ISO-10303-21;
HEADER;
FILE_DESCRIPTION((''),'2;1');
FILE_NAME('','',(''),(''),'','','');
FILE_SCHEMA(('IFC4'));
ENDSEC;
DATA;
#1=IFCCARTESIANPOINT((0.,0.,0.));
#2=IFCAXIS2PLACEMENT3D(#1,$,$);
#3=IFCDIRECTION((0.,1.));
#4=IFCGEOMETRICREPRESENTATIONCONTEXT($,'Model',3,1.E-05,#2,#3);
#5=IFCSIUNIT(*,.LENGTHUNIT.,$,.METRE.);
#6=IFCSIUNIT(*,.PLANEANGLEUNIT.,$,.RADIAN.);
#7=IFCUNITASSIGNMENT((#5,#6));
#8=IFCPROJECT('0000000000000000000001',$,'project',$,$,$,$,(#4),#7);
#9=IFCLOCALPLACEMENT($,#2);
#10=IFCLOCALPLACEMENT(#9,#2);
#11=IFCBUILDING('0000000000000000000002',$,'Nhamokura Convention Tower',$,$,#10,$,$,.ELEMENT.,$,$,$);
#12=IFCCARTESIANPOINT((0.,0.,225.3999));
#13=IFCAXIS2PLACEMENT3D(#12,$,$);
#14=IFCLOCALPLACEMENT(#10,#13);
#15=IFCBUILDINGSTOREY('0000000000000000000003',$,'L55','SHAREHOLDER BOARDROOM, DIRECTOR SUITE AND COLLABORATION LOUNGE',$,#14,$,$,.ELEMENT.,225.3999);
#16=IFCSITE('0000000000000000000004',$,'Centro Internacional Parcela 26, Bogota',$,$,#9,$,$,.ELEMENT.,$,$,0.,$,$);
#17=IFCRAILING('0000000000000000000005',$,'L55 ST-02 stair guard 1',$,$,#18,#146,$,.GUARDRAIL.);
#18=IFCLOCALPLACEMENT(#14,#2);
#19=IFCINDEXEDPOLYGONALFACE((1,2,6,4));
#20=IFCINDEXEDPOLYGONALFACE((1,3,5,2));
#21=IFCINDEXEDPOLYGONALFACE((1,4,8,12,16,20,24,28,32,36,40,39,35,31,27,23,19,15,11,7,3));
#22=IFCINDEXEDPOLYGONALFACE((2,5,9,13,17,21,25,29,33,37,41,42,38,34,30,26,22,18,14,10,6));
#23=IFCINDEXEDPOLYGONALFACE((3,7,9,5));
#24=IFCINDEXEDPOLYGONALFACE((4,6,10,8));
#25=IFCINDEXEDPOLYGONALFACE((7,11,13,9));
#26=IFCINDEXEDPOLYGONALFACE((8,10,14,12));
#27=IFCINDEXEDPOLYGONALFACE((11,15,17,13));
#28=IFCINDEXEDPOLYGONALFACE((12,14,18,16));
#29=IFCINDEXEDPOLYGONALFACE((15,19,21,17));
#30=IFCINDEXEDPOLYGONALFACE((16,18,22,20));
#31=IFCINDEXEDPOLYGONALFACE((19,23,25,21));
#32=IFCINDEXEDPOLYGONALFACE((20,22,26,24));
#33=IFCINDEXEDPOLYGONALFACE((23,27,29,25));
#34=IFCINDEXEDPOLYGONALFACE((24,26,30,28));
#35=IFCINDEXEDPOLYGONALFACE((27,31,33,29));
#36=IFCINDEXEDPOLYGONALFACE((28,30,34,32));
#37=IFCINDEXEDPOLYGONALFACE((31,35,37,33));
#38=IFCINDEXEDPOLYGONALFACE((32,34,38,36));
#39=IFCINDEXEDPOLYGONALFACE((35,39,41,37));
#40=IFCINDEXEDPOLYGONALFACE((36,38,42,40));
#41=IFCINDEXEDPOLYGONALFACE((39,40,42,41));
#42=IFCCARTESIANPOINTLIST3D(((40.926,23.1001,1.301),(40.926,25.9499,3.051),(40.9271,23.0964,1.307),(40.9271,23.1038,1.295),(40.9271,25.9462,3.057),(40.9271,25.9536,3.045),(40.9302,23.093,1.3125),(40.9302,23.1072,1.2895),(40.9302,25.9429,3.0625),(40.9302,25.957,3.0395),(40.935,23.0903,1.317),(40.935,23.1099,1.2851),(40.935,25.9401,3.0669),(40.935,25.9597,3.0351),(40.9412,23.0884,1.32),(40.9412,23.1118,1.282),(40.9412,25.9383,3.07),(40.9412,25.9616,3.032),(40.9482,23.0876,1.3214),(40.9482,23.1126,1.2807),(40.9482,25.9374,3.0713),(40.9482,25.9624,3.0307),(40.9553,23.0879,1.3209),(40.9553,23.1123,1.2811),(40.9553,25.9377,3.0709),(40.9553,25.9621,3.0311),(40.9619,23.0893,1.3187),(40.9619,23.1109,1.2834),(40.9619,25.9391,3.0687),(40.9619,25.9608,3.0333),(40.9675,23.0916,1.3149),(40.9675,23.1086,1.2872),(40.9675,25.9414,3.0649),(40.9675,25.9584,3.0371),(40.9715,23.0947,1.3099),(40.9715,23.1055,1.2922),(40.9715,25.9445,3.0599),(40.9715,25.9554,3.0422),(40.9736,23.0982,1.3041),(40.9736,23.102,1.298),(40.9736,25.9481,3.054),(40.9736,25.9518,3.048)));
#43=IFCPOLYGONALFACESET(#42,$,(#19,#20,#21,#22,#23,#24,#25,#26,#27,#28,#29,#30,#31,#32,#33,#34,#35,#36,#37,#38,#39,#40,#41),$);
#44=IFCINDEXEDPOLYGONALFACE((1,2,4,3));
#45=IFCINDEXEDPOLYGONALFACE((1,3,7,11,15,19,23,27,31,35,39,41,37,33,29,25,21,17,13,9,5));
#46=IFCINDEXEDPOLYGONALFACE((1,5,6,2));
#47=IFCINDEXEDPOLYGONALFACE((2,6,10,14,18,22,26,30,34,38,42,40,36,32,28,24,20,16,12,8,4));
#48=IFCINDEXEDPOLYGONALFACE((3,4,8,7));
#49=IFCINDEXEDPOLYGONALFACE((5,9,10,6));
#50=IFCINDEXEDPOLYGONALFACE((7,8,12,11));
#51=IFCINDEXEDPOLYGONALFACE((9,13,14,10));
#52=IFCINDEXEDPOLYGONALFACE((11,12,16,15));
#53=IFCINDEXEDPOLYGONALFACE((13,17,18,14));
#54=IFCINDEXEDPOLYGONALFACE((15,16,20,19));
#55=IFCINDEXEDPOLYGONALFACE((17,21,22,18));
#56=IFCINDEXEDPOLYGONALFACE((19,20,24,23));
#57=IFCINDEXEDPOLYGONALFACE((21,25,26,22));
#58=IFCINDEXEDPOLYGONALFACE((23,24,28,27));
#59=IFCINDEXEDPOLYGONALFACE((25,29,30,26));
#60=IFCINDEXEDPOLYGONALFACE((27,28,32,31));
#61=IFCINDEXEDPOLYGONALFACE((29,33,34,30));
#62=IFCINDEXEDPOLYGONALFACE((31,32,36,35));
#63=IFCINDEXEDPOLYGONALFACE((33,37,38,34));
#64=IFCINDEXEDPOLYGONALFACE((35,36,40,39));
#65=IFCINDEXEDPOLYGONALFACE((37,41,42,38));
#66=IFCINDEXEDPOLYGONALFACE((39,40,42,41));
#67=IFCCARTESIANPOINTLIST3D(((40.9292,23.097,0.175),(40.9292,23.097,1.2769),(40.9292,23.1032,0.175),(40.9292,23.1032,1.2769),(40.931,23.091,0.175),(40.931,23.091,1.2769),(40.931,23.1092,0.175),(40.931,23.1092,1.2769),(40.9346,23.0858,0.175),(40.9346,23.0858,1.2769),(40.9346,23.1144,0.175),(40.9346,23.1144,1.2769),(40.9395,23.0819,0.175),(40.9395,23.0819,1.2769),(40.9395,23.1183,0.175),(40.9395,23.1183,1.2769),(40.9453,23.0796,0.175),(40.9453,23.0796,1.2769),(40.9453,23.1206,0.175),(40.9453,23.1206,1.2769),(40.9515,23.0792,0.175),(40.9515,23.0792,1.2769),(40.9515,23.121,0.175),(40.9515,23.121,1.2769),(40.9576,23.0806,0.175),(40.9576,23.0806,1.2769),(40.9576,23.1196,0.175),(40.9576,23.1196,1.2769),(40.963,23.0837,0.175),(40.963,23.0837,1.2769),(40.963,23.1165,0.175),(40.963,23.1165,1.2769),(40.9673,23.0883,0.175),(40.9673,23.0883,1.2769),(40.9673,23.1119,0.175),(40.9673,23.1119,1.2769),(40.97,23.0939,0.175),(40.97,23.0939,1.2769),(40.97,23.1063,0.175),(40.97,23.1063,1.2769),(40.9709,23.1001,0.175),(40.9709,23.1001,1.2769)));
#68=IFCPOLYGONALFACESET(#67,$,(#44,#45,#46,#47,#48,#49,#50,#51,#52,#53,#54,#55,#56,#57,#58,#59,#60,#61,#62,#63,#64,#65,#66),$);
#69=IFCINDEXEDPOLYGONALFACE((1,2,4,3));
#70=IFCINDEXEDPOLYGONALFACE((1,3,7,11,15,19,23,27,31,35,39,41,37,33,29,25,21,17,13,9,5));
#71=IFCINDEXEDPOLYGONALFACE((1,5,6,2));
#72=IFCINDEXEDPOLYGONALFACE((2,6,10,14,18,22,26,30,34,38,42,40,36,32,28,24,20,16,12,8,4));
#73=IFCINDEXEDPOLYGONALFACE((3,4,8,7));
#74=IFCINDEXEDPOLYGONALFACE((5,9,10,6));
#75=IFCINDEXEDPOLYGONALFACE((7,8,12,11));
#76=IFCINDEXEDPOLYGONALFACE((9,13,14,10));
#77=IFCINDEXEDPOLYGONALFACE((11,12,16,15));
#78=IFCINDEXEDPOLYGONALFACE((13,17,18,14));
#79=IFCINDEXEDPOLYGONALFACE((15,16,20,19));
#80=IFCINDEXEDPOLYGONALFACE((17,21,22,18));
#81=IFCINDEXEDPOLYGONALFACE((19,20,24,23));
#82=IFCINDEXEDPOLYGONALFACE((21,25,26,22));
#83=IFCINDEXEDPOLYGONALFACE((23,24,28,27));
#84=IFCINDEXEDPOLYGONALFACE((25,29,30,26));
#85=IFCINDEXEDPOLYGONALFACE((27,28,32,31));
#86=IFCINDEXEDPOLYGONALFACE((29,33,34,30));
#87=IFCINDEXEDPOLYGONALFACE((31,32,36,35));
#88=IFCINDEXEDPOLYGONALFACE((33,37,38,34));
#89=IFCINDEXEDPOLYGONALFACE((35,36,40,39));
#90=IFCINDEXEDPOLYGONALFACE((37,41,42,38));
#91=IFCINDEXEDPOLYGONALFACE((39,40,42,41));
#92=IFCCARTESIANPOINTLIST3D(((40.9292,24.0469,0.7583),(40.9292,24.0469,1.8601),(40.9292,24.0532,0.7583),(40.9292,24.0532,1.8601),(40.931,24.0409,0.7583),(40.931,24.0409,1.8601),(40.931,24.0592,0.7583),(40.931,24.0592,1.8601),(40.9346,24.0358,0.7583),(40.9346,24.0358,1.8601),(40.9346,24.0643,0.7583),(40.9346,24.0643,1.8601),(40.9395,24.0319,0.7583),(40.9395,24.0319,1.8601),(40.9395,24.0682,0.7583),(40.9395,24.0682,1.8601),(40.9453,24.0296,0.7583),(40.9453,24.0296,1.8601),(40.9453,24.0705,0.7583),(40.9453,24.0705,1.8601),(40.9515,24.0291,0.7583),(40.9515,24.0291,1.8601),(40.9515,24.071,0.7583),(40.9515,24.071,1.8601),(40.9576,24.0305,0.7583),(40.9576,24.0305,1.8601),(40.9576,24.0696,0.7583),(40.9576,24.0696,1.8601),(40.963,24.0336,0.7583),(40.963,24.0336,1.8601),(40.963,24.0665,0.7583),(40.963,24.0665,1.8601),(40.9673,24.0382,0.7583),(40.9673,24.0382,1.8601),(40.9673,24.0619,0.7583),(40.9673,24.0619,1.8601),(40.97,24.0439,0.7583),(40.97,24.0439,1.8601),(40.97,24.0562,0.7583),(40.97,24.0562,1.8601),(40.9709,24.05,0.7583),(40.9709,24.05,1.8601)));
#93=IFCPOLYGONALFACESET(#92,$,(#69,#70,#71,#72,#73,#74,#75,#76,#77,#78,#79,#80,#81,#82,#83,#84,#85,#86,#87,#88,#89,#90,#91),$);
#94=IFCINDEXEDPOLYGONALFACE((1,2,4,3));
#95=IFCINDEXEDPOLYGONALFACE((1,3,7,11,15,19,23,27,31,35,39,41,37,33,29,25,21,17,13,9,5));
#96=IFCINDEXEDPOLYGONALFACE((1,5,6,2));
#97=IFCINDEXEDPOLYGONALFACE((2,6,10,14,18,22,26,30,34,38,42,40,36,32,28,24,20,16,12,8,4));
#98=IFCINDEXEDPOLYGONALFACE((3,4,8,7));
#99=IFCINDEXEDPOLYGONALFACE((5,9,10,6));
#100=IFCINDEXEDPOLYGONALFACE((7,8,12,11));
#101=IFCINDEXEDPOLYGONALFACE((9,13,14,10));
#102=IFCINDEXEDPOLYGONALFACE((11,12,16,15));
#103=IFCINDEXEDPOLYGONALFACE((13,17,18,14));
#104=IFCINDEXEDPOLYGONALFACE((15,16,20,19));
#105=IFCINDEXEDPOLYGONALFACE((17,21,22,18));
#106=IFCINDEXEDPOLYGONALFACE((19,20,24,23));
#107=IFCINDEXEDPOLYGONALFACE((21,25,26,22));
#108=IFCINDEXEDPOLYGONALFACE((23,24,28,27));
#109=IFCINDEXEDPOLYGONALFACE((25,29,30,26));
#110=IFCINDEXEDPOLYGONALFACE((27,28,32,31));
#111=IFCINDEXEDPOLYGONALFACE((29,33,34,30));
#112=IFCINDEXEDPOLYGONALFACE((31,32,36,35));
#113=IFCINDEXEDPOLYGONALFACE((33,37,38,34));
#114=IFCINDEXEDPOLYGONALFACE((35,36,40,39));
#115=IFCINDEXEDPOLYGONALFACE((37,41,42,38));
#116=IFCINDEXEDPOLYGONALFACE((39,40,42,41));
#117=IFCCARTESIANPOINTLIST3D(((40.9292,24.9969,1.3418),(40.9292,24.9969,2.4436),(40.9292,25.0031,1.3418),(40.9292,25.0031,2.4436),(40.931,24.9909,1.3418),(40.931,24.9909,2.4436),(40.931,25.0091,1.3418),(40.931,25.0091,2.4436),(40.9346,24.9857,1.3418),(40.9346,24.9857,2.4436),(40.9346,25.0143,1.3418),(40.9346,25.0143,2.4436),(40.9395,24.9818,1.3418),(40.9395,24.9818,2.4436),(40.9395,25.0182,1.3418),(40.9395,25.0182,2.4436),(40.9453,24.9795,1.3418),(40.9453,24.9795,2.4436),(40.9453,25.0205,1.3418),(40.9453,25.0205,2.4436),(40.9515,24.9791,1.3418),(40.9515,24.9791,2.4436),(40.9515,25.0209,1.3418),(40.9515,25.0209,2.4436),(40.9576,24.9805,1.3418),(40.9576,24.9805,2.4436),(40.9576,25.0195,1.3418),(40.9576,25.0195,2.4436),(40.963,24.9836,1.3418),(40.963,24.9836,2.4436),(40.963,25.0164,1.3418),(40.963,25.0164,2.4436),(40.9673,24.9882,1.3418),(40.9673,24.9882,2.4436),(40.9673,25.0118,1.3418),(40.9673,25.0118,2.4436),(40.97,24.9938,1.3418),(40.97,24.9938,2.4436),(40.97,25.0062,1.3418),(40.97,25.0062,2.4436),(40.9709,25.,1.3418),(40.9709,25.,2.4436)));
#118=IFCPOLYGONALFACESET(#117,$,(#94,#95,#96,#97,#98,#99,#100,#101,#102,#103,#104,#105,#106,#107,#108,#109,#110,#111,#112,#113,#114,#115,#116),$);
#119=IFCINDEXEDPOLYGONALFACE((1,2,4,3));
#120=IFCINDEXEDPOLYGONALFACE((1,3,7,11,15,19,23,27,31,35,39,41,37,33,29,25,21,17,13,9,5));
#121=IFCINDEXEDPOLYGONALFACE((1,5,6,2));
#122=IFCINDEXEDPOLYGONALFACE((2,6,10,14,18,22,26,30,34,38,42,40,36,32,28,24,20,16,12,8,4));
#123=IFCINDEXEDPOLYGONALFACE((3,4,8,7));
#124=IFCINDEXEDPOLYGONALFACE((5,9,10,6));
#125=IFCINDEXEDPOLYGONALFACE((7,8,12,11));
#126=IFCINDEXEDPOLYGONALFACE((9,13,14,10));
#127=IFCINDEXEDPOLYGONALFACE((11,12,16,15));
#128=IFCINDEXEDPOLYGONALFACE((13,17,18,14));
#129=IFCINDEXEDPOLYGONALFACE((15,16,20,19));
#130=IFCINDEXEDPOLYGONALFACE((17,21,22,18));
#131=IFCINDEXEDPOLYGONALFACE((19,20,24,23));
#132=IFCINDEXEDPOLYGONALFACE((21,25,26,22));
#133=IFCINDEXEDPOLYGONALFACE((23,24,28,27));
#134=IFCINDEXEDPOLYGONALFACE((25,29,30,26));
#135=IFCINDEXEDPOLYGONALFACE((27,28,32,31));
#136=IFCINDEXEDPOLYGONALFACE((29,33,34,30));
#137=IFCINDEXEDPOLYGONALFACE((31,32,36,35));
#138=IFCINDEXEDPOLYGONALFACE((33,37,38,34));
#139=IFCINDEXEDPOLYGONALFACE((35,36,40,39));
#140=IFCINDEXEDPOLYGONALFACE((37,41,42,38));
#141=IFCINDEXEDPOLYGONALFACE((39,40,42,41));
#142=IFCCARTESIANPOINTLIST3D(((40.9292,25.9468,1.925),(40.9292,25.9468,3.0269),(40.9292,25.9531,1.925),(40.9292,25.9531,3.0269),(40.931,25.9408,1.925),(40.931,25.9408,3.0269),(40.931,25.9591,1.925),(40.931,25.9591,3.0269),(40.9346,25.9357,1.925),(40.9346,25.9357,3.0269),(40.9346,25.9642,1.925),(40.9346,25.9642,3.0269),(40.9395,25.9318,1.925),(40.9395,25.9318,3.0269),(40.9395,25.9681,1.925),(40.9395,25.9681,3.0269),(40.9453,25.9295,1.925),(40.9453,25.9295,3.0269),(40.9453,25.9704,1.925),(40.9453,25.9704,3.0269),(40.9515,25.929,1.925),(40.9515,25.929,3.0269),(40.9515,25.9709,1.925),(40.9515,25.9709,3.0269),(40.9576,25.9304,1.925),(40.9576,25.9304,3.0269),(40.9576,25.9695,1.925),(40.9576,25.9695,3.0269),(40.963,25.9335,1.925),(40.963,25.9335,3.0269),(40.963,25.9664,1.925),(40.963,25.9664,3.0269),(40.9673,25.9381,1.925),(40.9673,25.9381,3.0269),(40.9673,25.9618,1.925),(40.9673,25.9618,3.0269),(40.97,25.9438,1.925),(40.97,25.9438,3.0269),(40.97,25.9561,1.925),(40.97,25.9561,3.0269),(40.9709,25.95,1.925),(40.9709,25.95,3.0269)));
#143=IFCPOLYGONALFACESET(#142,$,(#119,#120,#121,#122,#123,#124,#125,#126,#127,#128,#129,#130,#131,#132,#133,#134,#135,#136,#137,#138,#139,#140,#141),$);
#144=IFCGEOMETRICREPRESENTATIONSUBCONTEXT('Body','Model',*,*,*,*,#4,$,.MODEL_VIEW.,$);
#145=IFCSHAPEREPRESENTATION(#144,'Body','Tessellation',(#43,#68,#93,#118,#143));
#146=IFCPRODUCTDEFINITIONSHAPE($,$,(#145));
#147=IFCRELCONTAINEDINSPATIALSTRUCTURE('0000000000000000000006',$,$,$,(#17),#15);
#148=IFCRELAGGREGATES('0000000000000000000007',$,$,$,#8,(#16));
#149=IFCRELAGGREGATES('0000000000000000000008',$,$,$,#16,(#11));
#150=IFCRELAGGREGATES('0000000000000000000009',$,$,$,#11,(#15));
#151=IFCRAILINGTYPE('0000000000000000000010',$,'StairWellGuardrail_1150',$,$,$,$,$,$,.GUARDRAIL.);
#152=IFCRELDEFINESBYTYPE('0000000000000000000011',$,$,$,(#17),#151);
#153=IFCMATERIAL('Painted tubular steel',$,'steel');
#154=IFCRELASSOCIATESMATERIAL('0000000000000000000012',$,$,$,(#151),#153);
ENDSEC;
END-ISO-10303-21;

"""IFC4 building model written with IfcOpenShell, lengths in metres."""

from ifc_helpers import new_model, si_unit, direction, frame, origin, origin_2d, place, context, subcontext, project, spatial, circle, extrude, material, type_object, element, save


model = new_model("IFC4")

# Units and contexts
model_context = context("Model", 3, precision=1e-05, world=origin(), true_north=direction((0.0, 1.0)))
body_context = subcontext(model_context, "Body", "Model", "MODEL_VIEW")
ifc_project = project(units=[si_unit("LENGTHUNIT", "METRE"), si_unit("PLANEANGLEUNIT", "RADIAN")], contexts=[model_context])

# Site, building, storey
site_placement = place(None, origin())
site = spatial("IfcSite", under=ifc_project, at=site_placement, Name="Centro Internacional Parcela 26, Bogota", CompositionType="ELEMENT", RefElevation=0.0)
building_placement = place(site_placement, origin())
building = spatial("IfcBuilding", under=site, at=building_placement, Name="Nhamokura Convention Tower", CompositionType="ELEMENT")
storey_placement = place(building_placement, frame((0.0, 0.0, 225.3999)))
storey = spatial("IfcBuildingStorey", under=building, at=storey_placement, Name="L55", Description="SHAREHOLDER BOARDROOM, DIRECTOR SUITE AND COLLABORATION LOUNGE", CompositionType="ELEMENT", Elevation=225.3999)

# Railing
ifc_material_1 = material(Name="Painted tubular steel", Category="steel")
railing_type_1 = type_object("IfcRailingType", Name="StairWellGuardrail_1150", PredefinedType="GUARDRAIL", material=ifc_material_1)
railing_1_placement = place(storey_placement, frame((40.95, 23.1001, 0.175)))
element("IfcRailing", 1, at=railing_1_placement, inside=storey, type_object=railing_type_1, Name="L55 ST-02 stair guard 1", PredefinedType="GUARDRAIL", context=body_context, shape_type="SweptSolid", body=[
    extrude(circle(Radius=0.0239, at=origin_2d()), frame((0.0, 0.0, 1.126), z_axis=(0.0, 0.852159, 0.523283), x_axis=(-1.0, 0.0, 0.0)), (0.0, 0.0, 1.0), 3.3442),
    extrude(circle(Radius=0.021, at=origin_2d()), origin(), (0.0, 0.0, 1.0), 1.1018),
    extrude(circle(Radius=0.021, at=origin_2d()), frame((0.0, 0.95, 0.5833)), (0.0, 0.0, 1.0), 1.1018),
    extrude(circle(Radius=0.021, at=origin_2d()), frame((0.0, 1.8999, 1.1667)), (0.0, 0.0, 1.0), 1.1018),
    extrude(circle(Radius=0.021, at=origin_2d()), frame((0.0, 2.8499, 1.75)), (0.0, 0.0, 1.0), 1.1018),
])

save(model, "model.ifc")
